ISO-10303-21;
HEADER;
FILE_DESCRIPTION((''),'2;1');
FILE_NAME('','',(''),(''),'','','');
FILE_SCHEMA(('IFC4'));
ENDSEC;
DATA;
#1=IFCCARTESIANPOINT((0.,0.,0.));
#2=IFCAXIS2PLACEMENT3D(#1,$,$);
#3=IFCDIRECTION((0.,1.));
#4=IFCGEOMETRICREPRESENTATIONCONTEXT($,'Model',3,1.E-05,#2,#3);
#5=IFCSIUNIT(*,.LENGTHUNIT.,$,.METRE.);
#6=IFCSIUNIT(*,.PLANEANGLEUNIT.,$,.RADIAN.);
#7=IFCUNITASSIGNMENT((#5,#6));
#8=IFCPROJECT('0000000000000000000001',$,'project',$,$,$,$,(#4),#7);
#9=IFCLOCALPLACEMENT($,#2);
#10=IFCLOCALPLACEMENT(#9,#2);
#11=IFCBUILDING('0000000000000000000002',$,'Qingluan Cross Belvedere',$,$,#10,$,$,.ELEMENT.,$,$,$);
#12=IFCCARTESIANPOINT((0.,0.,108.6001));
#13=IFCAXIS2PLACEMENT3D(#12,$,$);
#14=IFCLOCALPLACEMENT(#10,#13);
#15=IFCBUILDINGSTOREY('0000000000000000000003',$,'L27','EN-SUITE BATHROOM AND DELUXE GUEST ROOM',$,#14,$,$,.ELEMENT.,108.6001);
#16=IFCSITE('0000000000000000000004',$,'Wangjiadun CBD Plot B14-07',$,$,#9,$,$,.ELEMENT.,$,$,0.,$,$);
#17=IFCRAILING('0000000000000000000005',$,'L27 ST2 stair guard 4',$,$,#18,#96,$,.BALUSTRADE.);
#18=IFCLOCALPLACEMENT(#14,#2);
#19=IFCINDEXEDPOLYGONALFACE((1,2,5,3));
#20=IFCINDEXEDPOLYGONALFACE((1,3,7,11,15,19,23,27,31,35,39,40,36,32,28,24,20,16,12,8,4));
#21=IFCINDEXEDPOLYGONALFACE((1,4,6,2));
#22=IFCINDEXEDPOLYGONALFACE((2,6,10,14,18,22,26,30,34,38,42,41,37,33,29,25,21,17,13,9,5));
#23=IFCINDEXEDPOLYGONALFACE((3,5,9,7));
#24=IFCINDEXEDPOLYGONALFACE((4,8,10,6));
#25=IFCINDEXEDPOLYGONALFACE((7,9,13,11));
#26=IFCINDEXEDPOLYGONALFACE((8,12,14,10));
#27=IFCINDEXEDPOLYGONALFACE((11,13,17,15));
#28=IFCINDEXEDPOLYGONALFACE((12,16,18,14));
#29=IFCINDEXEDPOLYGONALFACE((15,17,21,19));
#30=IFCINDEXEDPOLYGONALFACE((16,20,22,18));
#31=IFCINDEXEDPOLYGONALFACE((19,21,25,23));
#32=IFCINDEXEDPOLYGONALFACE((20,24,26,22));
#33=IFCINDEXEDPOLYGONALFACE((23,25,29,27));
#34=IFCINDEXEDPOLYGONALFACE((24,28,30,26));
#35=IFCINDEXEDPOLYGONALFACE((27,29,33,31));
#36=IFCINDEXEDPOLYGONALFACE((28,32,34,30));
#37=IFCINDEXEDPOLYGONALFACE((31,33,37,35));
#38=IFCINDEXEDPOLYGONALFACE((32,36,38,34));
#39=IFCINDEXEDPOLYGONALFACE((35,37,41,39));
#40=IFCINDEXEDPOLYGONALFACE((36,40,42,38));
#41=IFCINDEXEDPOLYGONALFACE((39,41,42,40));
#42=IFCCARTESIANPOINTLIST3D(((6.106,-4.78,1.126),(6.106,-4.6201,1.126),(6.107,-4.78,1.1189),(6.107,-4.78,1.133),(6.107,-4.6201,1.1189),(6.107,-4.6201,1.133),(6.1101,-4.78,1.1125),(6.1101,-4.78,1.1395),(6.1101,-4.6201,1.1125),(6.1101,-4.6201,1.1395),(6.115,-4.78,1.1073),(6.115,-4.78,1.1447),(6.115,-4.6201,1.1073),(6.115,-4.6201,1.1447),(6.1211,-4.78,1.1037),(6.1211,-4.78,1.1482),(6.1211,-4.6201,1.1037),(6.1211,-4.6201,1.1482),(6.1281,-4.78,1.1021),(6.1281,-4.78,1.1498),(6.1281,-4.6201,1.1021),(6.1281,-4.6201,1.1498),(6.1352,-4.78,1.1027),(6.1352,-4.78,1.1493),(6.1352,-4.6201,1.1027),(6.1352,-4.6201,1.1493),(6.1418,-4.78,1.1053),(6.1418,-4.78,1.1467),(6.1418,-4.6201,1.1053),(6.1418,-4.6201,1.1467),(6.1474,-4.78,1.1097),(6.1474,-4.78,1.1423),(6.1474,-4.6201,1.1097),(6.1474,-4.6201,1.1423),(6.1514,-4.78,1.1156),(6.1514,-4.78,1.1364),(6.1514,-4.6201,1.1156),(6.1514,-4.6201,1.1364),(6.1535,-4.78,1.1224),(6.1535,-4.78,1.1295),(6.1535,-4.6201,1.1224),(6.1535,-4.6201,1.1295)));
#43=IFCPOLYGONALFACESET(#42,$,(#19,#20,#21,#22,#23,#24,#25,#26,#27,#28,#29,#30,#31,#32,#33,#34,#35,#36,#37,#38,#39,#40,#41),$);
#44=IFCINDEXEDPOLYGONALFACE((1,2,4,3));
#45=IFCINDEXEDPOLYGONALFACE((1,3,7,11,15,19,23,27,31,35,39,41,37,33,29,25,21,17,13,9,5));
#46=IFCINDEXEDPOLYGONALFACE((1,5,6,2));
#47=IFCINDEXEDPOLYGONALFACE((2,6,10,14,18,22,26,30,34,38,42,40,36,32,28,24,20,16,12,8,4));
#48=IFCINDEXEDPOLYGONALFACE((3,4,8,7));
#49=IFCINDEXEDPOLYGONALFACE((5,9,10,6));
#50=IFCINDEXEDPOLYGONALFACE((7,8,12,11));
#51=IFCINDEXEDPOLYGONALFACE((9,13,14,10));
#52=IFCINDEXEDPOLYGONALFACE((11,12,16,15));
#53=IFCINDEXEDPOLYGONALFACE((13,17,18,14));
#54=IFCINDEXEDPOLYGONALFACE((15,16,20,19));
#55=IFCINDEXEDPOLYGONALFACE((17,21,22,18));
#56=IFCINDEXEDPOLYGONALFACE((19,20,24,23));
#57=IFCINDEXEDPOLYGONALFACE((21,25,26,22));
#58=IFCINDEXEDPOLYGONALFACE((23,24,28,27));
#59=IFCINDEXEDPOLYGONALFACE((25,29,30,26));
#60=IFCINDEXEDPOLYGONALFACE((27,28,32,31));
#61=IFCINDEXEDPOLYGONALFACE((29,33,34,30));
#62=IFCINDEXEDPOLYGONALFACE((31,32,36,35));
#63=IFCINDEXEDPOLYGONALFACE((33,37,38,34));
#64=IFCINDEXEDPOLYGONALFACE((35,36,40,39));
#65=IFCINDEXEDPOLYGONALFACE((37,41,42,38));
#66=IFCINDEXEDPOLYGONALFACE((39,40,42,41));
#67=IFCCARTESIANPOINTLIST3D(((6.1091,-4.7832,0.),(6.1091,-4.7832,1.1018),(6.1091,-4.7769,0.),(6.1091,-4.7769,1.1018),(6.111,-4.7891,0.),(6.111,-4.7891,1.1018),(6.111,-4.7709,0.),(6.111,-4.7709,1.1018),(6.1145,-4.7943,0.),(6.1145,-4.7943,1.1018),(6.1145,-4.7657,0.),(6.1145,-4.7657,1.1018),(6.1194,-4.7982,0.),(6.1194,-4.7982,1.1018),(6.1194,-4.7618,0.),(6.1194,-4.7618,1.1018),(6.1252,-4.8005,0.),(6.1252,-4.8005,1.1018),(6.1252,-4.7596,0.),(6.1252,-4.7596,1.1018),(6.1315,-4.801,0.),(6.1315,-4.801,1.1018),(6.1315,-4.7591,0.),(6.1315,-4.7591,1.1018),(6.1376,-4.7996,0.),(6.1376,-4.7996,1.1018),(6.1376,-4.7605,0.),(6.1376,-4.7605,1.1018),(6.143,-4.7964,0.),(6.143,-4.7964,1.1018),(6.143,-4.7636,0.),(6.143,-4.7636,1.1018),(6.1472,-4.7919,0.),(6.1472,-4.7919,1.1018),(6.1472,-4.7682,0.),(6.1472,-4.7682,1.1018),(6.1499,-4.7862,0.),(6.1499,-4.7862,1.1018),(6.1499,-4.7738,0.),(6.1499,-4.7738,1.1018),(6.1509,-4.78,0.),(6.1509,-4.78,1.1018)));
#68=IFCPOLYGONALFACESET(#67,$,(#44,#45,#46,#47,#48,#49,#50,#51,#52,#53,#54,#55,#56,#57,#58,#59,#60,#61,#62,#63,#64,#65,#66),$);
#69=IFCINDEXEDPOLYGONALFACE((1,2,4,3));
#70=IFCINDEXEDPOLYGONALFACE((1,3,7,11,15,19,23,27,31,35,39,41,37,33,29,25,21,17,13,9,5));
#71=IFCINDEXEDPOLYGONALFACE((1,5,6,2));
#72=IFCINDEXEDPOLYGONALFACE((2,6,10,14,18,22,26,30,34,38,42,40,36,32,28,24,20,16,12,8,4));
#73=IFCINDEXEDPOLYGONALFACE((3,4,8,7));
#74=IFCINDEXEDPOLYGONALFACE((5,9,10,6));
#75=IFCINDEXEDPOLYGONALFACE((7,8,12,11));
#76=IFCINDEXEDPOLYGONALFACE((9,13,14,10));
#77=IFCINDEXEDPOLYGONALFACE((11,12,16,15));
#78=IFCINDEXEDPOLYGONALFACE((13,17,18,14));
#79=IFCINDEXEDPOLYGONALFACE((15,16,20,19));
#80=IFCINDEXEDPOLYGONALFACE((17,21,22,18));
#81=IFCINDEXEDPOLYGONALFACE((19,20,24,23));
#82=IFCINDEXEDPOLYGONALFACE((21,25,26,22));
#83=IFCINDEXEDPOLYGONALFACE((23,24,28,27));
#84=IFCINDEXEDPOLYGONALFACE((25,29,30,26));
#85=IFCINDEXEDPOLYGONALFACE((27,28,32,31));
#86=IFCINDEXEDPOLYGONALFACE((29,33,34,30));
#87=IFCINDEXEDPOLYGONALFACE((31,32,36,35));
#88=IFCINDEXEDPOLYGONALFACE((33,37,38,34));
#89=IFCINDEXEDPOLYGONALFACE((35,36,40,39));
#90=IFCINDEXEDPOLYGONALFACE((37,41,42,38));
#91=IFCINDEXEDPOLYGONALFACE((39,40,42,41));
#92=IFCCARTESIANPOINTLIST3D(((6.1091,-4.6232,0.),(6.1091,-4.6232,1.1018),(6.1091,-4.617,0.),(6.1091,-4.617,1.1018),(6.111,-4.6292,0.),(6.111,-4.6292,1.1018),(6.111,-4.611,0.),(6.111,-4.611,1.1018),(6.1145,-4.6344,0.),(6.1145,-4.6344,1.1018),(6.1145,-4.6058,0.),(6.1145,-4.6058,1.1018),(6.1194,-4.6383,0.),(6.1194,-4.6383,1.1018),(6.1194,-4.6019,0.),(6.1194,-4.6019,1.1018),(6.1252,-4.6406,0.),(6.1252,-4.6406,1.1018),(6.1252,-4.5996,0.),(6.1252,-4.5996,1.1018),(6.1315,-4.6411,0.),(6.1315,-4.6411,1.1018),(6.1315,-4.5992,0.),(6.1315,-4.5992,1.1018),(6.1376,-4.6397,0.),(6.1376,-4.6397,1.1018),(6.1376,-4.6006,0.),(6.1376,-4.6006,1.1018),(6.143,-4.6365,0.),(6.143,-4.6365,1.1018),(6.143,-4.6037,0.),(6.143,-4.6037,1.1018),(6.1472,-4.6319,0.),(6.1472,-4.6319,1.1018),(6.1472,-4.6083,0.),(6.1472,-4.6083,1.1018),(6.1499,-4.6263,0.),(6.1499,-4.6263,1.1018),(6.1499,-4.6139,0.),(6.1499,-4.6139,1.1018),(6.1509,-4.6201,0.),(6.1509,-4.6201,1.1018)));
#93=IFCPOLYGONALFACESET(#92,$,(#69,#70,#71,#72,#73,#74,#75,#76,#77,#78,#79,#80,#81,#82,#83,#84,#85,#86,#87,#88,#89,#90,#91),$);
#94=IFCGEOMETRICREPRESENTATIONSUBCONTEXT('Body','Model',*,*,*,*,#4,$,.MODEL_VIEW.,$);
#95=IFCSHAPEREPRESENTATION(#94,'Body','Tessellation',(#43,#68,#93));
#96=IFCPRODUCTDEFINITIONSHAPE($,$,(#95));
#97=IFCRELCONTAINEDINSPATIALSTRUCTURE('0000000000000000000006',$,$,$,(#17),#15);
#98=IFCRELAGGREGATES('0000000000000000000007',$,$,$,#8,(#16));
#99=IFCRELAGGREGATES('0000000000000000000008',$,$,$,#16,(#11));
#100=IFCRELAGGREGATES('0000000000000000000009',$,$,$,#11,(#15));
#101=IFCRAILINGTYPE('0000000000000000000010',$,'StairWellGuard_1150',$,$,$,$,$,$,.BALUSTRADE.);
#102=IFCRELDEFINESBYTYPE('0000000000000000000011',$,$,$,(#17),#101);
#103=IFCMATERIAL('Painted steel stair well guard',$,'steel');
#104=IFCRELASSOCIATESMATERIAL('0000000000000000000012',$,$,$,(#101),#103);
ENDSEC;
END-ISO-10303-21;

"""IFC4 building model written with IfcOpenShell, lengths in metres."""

from ifc_helpers import new_model, si_unit, direction, frame, origin, origin_2d, place, context, subcontext, project, spatial, circle, extrude, material, type_object, element, save


model = new_model("IFC4")

# Units and contexts
model_context = context("Model", 3, precision=1e-05, world=origin(), true_north=direction((0.0, 1.0)))
body_context = subcontext(model_context, "Body", "Model", "MODEL_VIEW")
ifc_project = project(units=[si_unit("LENGTHUNIT", "METRE"), si_unit("PLANEANGLEUNIT", "RADIAN")], contexts=[model_context])

# Site, building, storey
site_placement = place(None, origin())
site = spatial("IfcSite", under=ifc_project, at=site_placement, Name="Wangjiadun CBD Plot B14-07", CompositionType="ELEMENT", RefElevation=0.0)
building_placement = place(site_placement, origin())
building = spatial("IfcBuilding", under=site, at=building_placement, Name="Qingluan Cross Belvedere", CompositionType="ELEMENT")
storey_placement = place(building_placement, frame((0.0, 0.0, 108.6001)))
storey = spatial("IfcBuildingStorey", under=building, at=storey_placement, Name="L27", Description="EN-SUITE BATHROOM AND DELUXE GUEST ROOM", CompositionType="ELEMENT", Elevation=108.6001)

# Railing
ifc_material_1 = material(Name="Painted steel stair well guard", Category="steel")
railing_type_1 = type_object("IfcRailingType", Name="StairWellGuard_1150", PredefinedType="BALUSTRADE", material=ifc_material_1)
railing_1_placement = place(storey_placement, frame((6.1299, -4.78, 0.0)))
element("IfcRailing", 1, at=railing_1_placement, inside=storey, type_object=railing_type_1, Name="L27 ST2 stair guard 4", PredefinedType="BALUSTRADE", context=body_context, shape_type="SweptSolid", body=[
    extrude(circle(Radius=0.0239, at=origin_2d()), frame((0.0, 0.0, 1.126), z_axis=(0.0, 1.0, 0.0), x_axis=(-1.0, 0.0, 0.0)), (0.0, 0.0, 1.0), 0.1599),
    extrude(circle(Radius=0.021, at=origin_2d()), origin(), (0.0, 0.0, 1.0), 1.1018),
    extrude(circle(Radius=0.021, at=origin_2d()), frame((0.0, 0.1599, 0.0)), (0.0, 0.0, 1.0), 1.1018),
])

save(model, "model.ifc")
